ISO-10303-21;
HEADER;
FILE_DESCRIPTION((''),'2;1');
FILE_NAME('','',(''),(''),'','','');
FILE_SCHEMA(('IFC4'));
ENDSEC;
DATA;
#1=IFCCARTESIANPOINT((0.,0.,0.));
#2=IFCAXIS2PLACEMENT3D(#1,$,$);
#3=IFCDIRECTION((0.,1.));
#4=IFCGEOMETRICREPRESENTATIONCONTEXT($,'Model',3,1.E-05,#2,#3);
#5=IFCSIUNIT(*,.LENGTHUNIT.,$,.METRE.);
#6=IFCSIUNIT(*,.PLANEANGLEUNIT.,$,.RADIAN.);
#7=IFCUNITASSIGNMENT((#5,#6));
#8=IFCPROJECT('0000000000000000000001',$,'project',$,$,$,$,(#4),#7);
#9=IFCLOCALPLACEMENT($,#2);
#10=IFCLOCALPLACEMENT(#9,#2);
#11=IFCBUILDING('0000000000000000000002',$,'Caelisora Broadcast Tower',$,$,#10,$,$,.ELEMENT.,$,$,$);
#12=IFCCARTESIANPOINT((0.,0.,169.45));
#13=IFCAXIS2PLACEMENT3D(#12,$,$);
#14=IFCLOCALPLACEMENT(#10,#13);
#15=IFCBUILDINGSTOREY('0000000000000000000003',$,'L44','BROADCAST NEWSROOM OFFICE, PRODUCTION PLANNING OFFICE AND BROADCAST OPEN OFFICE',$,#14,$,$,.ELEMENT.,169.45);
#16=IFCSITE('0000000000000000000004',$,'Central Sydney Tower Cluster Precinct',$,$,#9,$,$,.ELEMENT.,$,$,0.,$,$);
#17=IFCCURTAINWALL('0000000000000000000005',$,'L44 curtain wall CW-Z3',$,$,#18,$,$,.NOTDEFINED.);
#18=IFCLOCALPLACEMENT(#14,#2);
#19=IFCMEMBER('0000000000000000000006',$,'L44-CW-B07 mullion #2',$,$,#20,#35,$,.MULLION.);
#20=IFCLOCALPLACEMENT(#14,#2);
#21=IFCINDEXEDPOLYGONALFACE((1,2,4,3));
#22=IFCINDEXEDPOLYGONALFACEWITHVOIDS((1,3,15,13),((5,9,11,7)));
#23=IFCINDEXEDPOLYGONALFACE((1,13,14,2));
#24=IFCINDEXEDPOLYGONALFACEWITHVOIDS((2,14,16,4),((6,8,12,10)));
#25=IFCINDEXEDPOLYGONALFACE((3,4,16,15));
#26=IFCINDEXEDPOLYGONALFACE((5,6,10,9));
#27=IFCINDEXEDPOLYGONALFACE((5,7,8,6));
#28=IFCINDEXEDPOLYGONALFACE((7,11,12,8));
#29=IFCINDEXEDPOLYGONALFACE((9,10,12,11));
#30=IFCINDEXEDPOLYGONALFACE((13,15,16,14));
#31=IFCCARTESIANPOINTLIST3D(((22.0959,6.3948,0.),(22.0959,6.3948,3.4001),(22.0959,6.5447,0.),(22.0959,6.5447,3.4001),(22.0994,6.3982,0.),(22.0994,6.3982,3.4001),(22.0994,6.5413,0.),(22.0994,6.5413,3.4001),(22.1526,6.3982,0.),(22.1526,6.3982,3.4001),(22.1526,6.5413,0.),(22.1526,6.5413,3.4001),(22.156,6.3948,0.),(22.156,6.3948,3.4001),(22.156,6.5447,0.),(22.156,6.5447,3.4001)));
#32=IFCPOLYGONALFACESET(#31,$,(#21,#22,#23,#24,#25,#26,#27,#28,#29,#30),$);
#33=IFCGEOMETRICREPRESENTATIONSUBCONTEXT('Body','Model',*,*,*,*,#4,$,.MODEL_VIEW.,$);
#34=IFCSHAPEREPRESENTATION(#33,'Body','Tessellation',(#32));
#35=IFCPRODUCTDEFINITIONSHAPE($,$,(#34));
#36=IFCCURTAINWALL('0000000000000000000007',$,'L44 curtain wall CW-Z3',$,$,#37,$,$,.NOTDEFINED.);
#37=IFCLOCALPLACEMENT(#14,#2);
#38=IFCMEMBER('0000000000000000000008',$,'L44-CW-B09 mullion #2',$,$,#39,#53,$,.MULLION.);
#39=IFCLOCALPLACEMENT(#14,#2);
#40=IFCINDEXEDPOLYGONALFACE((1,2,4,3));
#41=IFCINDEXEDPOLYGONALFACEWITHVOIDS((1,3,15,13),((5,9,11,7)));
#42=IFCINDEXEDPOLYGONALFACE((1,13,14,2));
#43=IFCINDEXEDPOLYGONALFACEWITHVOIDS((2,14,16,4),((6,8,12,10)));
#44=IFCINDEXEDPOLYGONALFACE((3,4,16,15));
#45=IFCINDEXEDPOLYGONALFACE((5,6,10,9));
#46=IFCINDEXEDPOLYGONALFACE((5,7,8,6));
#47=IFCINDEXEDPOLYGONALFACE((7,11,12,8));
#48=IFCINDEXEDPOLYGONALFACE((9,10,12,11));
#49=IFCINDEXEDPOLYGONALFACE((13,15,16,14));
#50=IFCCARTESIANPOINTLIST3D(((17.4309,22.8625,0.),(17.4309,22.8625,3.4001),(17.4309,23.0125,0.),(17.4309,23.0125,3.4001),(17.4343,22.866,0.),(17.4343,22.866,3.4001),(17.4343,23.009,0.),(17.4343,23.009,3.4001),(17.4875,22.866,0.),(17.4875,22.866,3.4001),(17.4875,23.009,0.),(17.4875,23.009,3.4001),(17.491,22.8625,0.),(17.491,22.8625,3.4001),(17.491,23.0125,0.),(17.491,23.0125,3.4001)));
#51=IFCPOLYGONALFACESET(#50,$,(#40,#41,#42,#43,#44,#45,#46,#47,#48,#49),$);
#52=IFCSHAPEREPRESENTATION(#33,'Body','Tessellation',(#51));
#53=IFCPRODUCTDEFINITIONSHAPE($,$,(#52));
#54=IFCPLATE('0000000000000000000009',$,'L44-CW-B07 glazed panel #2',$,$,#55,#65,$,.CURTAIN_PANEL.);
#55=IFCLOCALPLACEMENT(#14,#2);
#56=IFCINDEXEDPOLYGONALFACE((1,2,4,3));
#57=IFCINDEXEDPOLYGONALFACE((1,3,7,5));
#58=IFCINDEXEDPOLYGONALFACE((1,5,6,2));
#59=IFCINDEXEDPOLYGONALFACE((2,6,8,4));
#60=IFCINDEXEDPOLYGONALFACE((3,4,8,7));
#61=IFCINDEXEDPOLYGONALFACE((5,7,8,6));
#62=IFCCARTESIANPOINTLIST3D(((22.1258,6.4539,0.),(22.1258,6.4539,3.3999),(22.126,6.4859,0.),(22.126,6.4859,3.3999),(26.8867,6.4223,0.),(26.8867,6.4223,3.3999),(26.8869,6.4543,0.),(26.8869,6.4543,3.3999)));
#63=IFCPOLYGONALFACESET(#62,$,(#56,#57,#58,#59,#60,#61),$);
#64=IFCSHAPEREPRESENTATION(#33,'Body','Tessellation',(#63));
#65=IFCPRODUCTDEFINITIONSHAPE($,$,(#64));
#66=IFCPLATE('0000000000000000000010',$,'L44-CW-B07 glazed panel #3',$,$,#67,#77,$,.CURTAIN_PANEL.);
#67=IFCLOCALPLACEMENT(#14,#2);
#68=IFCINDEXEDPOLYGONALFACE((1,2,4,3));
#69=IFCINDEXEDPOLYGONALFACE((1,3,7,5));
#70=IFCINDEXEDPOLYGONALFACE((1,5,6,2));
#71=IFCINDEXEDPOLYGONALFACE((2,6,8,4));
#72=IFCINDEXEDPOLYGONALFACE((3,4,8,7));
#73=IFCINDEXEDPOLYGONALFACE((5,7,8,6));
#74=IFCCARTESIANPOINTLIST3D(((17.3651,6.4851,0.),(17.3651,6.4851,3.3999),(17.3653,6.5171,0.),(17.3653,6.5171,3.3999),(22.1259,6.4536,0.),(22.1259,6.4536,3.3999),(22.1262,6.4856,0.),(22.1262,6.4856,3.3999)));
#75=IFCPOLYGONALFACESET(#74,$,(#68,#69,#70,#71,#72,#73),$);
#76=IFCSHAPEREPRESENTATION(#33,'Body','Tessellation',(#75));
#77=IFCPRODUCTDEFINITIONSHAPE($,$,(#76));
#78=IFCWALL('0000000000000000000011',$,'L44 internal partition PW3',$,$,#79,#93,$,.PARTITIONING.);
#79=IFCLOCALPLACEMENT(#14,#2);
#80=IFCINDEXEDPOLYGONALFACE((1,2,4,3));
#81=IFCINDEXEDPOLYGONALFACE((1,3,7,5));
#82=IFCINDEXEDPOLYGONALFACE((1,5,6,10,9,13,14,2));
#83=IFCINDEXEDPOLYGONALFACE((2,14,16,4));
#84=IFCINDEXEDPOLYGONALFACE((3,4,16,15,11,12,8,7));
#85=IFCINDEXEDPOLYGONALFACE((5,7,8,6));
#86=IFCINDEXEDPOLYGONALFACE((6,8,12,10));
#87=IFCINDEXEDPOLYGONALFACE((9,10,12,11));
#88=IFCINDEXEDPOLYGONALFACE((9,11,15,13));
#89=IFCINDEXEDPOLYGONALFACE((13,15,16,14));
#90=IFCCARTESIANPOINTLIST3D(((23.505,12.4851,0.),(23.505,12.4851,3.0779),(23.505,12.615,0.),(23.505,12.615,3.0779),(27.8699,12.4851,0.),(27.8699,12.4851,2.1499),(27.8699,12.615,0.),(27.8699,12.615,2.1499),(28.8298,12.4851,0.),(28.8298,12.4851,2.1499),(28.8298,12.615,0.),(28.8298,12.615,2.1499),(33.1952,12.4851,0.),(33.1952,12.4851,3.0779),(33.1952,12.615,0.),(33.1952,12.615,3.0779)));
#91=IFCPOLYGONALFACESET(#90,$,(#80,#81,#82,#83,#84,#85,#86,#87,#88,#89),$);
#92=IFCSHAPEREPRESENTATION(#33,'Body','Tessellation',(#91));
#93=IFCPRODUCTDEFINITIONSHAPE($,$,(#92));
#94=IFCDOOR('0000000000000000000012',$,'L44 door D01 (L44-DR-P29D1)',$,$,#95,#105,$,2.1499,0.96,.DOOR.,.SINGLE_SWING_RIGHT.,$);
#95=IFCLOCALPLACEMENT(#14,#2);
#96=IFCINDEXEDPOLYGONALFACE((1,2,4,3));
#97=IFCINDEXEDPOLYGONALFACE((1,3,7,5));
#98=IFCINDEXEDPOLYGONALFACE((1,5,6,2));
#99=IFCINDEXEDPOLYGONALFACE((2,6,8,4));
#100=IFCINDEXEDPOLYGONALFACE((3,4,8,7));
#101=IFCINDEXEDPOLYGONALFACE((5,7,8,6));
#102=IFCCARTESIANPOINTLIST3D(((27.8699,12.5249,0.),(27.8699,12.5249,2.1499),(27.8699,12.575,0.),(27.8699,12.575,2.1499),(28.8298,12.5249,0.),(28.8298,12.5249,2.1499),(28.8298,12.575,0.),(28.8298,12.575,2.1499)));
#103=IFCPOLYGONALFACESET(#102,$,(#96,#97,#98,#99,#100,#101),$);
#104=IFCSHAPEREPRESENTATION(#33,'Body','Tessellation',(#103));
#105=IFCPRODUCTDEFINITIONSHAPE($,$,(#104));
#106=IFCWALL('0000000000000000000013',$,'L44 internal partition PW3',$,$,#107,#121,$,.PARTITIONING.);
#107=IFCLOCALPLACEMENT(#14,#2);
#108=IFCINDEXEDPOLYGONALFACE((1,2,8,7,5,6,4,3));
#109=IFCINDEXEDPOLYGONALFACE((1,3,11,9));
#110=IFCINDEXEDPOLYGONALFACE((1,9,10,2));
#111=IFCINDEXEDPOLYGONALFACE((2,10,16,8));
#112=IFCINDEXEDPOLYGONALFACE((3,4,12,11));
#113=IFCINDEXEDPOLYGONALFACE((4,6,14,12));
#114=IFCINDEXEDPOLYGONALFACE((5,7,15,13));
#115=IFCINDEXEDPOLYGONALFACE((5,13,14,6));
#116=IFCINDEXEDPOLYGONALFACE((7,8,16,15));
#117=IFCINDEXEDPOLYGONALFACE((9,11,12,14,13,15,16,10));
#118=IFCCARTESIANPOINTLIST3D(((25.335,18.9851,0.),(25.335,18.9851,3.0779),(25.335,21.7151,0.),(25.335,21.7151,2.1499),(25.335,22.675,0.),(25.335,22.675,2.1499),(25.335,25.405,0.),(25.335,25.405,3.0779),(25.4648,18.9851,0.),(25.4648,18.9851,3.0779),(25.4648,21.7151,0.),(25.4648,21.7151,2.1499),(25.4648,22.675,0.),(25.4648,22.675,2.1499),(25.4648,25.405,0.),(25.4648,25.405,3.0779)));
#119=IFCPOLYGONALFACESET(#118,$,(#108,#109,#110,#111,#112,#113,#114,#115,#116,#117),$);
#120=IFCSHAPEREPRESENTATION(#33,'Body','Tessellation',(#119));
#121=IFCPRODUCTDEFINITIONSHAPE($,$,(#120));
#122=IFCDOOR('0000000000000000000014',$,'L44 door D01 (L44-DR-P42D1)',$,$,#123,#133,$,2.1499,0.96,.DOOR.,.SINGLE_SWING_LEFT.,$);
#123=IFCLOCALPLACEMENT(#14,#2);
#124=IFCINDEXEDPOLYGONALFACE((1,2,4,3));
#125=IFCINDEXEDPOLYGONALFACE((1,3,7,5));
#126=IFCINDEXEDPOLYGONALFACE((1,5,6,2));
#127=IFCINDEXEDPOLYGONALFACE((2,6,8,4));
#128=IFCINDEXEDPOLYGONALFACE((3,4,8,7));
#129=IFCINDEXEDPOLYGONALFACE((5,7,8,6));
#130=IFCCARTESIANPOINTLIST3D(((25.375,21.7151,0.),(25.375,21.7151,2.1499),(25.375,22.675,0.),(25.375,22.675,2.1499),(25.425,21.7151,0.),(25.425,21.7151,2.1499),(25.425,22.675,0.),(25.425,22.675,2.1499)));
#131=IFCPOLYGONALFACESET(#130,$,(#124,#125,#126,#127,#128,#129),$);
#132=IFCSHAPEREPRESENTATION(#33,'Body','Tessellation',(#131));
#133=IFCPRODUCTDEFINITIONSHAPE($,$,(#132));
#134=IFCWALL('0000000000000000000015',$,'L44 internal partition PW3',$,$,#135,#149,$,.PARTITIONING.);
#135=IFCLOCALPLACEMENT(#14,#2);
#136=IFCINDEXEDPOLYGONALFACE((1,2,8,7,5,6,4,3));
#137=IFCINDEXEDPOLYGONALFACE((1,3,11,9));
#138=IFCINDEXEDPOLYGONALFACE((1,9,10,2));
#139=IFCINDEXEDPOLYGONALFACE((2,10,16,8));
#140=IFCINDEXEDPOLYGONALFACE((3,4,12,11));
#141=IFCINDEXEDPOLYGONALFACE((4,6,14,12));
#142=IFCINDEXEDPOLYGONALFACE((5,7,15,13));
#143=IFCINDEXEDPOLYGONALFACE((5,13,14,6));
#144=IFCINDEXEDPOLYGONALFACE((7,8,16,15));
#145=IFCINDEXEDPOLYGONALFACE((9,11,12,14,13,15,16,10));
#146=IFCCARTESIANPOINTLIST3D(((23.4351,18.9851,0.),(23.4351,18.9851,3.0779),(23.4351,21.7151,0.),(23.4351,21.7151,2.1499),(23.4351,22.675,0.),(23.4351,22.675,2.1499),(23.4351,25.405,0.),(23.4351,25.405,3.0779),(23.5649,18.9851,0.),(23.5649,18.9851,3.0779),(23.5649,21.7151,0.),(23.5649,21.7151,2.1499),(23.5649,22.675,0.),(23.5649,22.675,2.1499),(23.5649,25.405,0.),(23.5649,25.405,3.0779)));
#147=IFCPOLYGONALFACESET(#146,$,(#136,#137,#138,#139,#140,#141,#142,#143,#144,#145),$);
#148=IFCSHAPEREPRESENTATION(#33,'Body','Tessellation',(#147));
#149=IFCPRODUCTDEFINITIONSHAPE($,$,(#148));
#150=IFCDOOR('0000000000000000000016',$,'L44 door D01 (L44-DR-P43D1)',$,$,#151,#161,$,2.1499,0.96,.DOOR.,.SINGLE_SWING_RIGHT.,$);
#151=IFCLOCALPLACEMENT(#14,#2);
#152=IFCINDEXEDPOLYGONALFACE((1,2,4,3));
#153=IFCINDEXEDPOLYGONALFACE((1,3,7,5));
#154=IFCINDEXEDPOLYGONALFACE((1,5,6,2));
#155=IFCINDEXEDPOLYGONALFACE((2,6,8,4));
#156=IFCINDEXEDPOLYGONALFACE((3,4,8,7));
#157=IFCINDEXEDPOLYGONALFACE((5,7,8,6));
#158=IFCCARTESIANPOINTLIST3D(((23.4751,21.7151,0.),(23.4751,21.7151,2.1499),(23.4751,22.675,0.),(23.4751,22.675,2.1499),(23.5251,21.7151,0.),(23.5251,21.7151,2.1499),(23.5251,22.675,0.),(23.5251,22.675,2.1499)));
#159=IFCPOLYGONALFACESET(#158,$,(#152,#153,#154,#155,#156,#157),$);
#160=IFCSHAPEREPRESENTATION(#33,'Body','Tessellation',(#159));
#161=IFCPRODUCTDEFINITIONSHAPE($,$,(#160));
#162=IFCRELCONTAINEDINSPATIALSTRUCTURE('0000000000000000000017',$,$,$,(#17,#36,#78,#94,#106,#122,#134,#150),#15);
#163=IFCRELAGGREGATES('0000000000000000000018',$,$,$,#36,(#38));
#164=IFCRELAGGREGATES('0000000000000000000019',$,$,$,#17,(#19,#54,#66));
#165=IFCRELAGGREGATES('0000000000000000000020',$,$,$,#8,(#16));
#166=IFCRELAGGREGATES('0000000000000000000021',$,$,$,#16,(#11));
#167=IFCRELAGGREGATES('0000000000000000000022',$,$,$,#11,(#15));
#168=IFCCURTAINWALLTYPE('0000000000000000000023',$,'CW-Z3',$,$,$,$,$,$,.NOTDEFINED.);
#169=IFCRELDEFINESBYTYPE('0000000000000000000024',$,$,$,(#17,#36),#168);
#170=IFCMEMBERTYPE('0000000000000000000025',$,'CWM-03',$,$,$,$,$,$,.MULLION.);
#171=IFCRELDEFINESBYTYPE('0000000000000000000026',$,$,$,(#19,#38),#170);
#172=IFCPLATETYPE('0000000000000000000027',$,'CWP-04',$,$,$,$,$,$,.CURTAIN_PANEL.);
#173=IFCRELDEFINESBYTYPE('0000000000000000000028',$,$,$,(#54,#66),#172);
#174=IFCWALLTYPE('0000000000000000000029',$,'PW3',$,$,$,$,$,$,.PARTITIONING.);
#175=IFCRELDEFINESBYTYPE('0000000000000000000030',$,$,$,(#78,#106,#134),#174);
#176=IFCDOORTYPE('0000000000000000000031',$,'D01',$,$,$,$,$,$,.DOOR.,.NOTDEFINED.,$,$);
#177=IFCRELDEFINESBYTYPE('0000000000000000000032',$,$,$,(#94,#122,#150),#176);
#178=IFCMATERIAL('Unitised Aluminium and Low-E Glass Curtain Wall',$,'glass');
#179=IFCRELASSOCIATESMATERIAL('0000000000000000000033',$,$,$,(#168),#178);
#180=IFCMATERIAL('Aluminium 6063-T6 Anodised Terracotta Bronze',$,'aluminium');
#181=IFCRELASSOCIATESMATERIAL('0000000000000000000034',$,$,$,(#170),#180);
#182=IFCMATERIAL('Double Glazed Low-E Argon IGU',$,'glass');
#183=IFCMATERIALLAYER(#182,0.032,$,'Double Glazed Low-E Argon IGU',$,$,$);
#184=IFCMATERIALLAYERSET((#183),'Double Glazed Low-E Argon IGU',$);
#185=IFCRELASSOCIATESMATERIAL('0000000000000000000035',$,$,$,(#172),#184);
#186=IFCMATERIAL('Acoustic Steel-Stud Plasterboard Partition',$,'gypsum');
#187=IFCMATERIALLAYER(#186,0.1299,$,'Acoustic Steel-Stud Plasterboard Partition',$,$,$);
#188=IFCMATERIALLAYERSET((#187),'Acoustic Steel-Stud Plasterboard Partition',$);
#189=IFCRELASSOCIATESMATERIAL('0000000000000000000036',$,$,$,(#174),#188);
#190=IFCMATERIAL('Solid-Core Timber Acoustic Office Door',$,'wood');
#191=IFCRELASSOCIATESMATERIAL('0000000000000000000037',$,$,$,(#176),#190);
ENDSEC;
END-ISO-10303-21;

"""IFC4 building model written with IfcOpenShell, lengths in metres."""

from ifc_helpers import new_model, si_unit, direction, frame, frame_2d, origin, origin_2d, place, context, subcontext, project, spatial, rectangle, hollow_rectangle, extrude, source, transform, mapped, material, layer, layer_set, material_profile, profile_set, type_object, type_shapes, element, fill, aggregate, save


model = new_model("IFC4")

# Units and contexts
model_context = context("Model", 3, precision=1e-05, world=origin(), true_north=direction((0.0, 1.0)))
body_context = subcontext(model_context, "Body", "Model", "MODEL_VIEW")
ifc_project = project(units=[si_unit("LENGTHUNIT", "METRE"), si_unit("PLANEANGLEUNIT", "RADIAN")], contexts=[model_context])

# Site, building, storey
site_placement = place(None, origin())
site = spatial("IfcSite", under=ifc_project, at=site_placement, Name="Central Sydney Tower Cluster Precinct", CompositionType="ELEMENT", RefElevation=0.0)
building_placement = place(site_placement, origin())
building = spatial("IfcBuilding", under=site, at=building_placement, Name="Caelisora Broadcast Tower", CompositionType="ELEMENT")
storey_placement = place(building_placement, frame((0.0, 0.0, 169.45)))
storey = spatial("IfcBuildingStorey", under=building, at=storey_placement, Name="L44", Description="BROADCAST NEWSROOM OFFICE, PRODUCTION PLANNING OFFICE AND BROADCAST OPEN OFFICE", CompositionType="ELEMENT", Elevation=169.45)

# Curtain walls, members
ifc_material_1 = material(Name="Unitised Aluminium and Low-E Glass Curtain Wall", Category="glass")
curtain_wall_type = type_object("IfcCurtainWallType", Name="CW-Z3", PredefinedType="NOTDEFINED", material=ifc_material_1)
curtain_wall_1_placement = place(storey_placement, origin())
curtain_wall_1 = element("IfcCurtainWall", 1, at=curtain_wall_1_placement, inside=storey, type_object=curtain_wall_type, Name="L44 curtain wall CW-Z3", PredefinedType="NOTDEFINED")
ifc_material_2 = material(Name="Aluminium 6063-T6 Anodised Terracotta Bronze", Category="aluminium")
ifc_material_profile_1 = material_profile(ifc_material_2, hollow_rectangle(XDim=0.0601, YDim=0.1499, WallThickness=0.0034, at=origin_2d()), Name="Aluminium 6063-T6 Anodised Terracotta Bronze")
ifc_profile_set_1 = profile_set([ifc_material_profile_1], Name="Aluminium 6063-T6 Anodised Terracotta Bronze")
member_type = type_object("IfcMemberType", Name="CWM-03", PredefinedType="MULLION", material=ifc_profile_set_1)
shared_shape_1 = source(origin(), body_context, "Body", "SweptSolid", [
    extrude(hollow_rectangle(XDim=0.0601, YDim=0.1499, WallThickness=0.0034, at=origin_2d()), origin(), (0.0, 0.0, 1.0), 3.4001),
])
type_shapes(member_type, [shared_shape_1])
member_1_placement = place(storey_placement, frame((22.126, 6.4697, 0.0), z_axis=(0.0, 0.0, 1.0), x_axis=(1.0, 0.0, 0.0)))
member_1 = element("IfcMember", 2, at=member_1_placement, type_object=member_type, Name="L44-CW-B07 mullion #2", PredefinedType="MULLION", context=body_context, shape_type="MappedRepresentation", body=[
    mapped(shared_shape_1, transform((0.0, 0.0, 0.0), scale=1.0)),
])
curtain_wall_2_placement = place(storey_placement, origin())
curtain_wall_2 = element("IfcCurtainWall", 3, at=curtain_wall_2_placement, inside=storey, type_object=curtain_wall_type, Name="L44 curtain wall CW-Z3", PredefinedType="NOTDEFINED")
member_2_placement = place(storey_placement, frame((17.4609, 22.9375, 0.0), z_axis=(0.0, 0.0, 1.0), x_axis=(1.0, 0.0, 0.0)))
member_2 = element("IfcMember", 4, at=member_2_placement, type_object=member_type, Name="L44-CW-B09 mullion #2", PredefinedType="MULLION", context=body_context, shape_type="MappedRepresentation", body=[
    mapped(shared_shape_1, transform((0.0, 0.0, 0.0), scale=1.0)),
])
aggregate(curtain_wall_2, [member_2])

# Plates
ifc_material_3 = material(Name="Double Glazed Low-E Argon IGU", Category="glass")
ifc_layer_1 = layer(ifc_material_3, 0.032, Name="Double Glazed Low-E Argon IGU")
ifc_layer_set_1 = layer_set([ifc_layer_1], Name="Double Glazed Low-E Argon IGU")
plate_type = type_object("IfcPlateType", Name="CWP-04", PredefinedType="CURTAIN_PANEL", material=ifc_layer_set_1)
shared_shape_2 = source(origin(), body_context, "Body", "SweptSolid", [
    extrude(rectangle(XDim=4.761, YDim=0.032, at=origin_2d()), origin(), (0.0, 0.0, 1.0), 3.3999),
])
type_shapes(plate_type, [shared_shape_2])
plate_1_placement = place(storey_placement, frame((24.5063, 6.4541, 0.0), z_axis=(0.0, 0.0, 1.0), x_axis=(-0.999978, 0.006632, 0.0)))
plate_1 = element("IfcPlate", 5, at=plate_1_placement, type_object=plate_type, Name="L44-CW-B07 glazed panel #2", PredefinedType="CURTAIN_PANEL", context=body_context, shape_type="MappedRepresentation", body=[
    mapped(shared_shape_2, transform((0.0, 0.0, 0.0), scale=1.0)),
])
plate_2_placement = place(storey_placement, frame((19.7456, 6.4854, 0.0), z_axis=(0.0, 0.0, 1.0), x_axis=(-0.999978, 0.006632, 0.0)))
plate_2 = element("IfcPlate", 6, at=plate_2_placement, type_object=plate_type, Name="L44-CW-B07 glazed panel #3", PredefinedType="CURTAIN_PANEL", context=body_context, shape_type="MappedRepresentation", body=[
    mapped(shared_shape_2, transform((0.0, 0.0, 0.0), scale=1.0)),
])
aggregate(curtain_wall_1, [member_1, plate_1, plate_2])

# Walls, openings, doors
ifc_material_4 = material(Name="Acoustic Steel-Stud Plasterboard Partition", Category="gypsum")
ifc_layer_2 = layer(ifc_material_4, 0.1299, Name="Acoustic Steel-Stud Plasterboard Partition")
ifc_layer_set_2 = layer_set([ifc_layer_2], Name="Acoustic Steel-Stud Plasterboard Partition")
wall_type = type_object("IfcWallType", Name="PW3", PredefinedType="PARTITIONING", material=ifc_layer_set_2)
wall_1_placement = place(storey_placement, frame((23.5049, 12.55, 0.0), z_axis=(0.0, 0.0, 1.0), x_axis=(1.0, 0.0, 0.0)))
wall_1 = element("IfcWall", 7, at=wall_1_placement, inside=storey, type_object=wall_type, Name="L44 internal partition PW3", PredefinedType="PARTITIONING", context=body_context, shape_type="SweptSolid", body=[
    extrude(rectangle(XDim=9.6902, YDim=0.1299, at=frame_2d((4.8452, 0.0))), origin(), (0.0, 0.0, 1.0), 3.0779),
])
opening_1_placement = place(wall_1_placement, frame((4.365, 0.0, 0.0)))
opening_1 = element("IfcOpeningElement", 8, at=opening_1_placement, cuts=wall_1, PredefinedType="OPENING", context=body_context, shape_type="SweptSolid", body=[
    extrude(rectangle(XDim=0.96, YDim=2.1499, at=frame_2d((0.48, 1.075))), frame((0.0, 0.0769, 0.0), z_axis=(0.0, -1.0, 0.0), x_axis=(1.0, 0.0, 0.0)), (0.0, 0.0, 1.0), 0.1538),
])
ifc_material_5 = material(Name="Solid-Core Timber Acoustic Office Door", Category="wood")
door_type = type_object("IfcDoorType", Name="D01", OperationType="NOTDEFINED", PredefinedType="DOOR", material=ifc_material_5)
door_1_placement = place(opening_1_placement, origin())
door_1 = element("IfcDoor", 9, at=door_1_placement, inside=storey, type_object=door_type, Name="L44 door D01 (L44-DR-P29D1)", OperationType="SINGLE_SWING_RIGHT", OverallHeight=2.1499, OverallWidth=0.96, PredefinedType="DOOR", context=body_context, shape_type="SweptSolid", body=[
    extrude(rectangle(XDim=0.96, YDim=2.1499, at=frame_2d((0.48, 1.075))), frame((0.0, 0.0249, 0.0), z_axis=(0.0, -1.0, 0.0), x_axis=(1.0, 0.0, 0.0)), (0.0, 0.0, 1.0), 0.05),
])
fill(opening_1, door_1)
wall_2_placement = place(storey_placement, frame((25.3999, 18.9851, 0.0), z_axis=(0.0, 0.0, 1.0), x_axis=(0.0, 1.0, 0.0)))
wall_2 = element("IfcWall", 10, at=wall_2_placement, inside=storey, type_object=wall_type, Name="L44 internal partition PW3", PredefinedType="PARTITIONING", context=body_context, shape_type="SweptSolid", body=[
    extrude(rectangle(XDim=6.4199, YDim=0.1299, at=frame_2d((3.21, 0.0))), origin(), (0.0, 0.0, 1.0), 3.0779),
])
opening_2_placement = place(wall_2_placement, frame((2.73, 0.0, 0.0)))
opening_2 = element("IfcOpeningElement", 11, at=opening_2_placement, cuts=wall_2, PredefinedType="OPENING", context=body_context, shape_type="SweptSolid", body=[
    extrude(rectangle(XDim=0.96, YDim=2.1499, at=frame_2d((0.48, 1.075))), frame((0.0, 0.0769, 0.0), z_axis=(0.0, -1.0, 0.0), x_axis=(1.0, 0.0, 0.0)), (0.0, 0.0, 1.0), 0.1538),
])
door_2_placement = place(opening_2_placement, origin())
door_2 = element("IfcDoor", 12, at=door_2_placement, inside=storey, type_object=door_type, Name="L44 door D01 (L44-DR-P42D1)", OperationType="SINGLE_SWING_LEFT", OverallHeight=2.1499, OverallWidth=0.96, PredefinedType="DOOR", context=body_context, shape_type="SweptSolid", body=[
    extrude(rectangle(XDim=0.96, YDim=2.1499, at=frame_2d((0.48, 1.075))), frame((0.0, 0.0249, 0.0), z_axis=(0.0, -1.0, 0.0), x_axis=(1.0, 0.0, 0.0)), (0.0, 0.0, 1.0), 0.05),
])
fill(opening_2, door_2)
wall_3_placement = place(storey_placement, frame((23.5, 18.9851, 0.0), z_axis=(0.0, 0.0, 1.0), x_axis=(0.0, 1.0, 0.0)))
wall_3 = element("IfcWall", 13, at=wall_3_placement, inside=storey, type_object=wall_type, Name="L44 internal partition PW3", PredefinedType="PARTITIONING", context=body_context, shape_type="SweptSolid", body=[
    extrude(rectangle(XDim=6.4199, YDim=0.1299, at=frame_2d((3.21, 0.0))), origin(), (0.0, 0.0, 1.0), 3.0779),
])
opening_3_placement = place(wall_3_placement, frame((2.73, 0.0, 0.0)))
opening_3 = element("IfcOpeningElement", 14, at=opening_3_placement, cuts=wall_3, PredefinedType="OPENING", context=body_context, shape_type="SweptSolid", body=[
    extrude(rectangle(XDim=0.96, YDim=2.1499, at=frame_2d((0.48, 1.075))), frame((0.0, 0.0769, 0.0), z_axis=(0.0, -1.0, 0.0), x_axis=(1.0, 0.0, 0.0)), (0.0, 0.0, 1.0), 0.1538),
])
door_3_placement = place(opening_3_placement, origin())
door_3 = element("IfcDoor", 15, at=door_3_placement, inside=storey, type_object=door_type, Name="L44 door D01 (L44-DR-P43D1)", OperationType="SINGLE_SWING_RIGHT", OverallHeight=2.1499, OverallWidth=0.96, PredefinedType="DOOR", context=body_context, shape_type="SweptSolid", body=[
    extrude(rectangle(XDim=0.96, YDim=2.1499, at=frame_2d((0.48, 1.075))), frame((0.0, 0.0249, 0.0), z_axis=(0.0, -1.0, 0.0), x_axis=(1.0, 0.0, 0.0)), (0.0, 0.0, 1.0), 0.05),
])
fill(opening_3, door_3)

save(model, "model.ifc")
